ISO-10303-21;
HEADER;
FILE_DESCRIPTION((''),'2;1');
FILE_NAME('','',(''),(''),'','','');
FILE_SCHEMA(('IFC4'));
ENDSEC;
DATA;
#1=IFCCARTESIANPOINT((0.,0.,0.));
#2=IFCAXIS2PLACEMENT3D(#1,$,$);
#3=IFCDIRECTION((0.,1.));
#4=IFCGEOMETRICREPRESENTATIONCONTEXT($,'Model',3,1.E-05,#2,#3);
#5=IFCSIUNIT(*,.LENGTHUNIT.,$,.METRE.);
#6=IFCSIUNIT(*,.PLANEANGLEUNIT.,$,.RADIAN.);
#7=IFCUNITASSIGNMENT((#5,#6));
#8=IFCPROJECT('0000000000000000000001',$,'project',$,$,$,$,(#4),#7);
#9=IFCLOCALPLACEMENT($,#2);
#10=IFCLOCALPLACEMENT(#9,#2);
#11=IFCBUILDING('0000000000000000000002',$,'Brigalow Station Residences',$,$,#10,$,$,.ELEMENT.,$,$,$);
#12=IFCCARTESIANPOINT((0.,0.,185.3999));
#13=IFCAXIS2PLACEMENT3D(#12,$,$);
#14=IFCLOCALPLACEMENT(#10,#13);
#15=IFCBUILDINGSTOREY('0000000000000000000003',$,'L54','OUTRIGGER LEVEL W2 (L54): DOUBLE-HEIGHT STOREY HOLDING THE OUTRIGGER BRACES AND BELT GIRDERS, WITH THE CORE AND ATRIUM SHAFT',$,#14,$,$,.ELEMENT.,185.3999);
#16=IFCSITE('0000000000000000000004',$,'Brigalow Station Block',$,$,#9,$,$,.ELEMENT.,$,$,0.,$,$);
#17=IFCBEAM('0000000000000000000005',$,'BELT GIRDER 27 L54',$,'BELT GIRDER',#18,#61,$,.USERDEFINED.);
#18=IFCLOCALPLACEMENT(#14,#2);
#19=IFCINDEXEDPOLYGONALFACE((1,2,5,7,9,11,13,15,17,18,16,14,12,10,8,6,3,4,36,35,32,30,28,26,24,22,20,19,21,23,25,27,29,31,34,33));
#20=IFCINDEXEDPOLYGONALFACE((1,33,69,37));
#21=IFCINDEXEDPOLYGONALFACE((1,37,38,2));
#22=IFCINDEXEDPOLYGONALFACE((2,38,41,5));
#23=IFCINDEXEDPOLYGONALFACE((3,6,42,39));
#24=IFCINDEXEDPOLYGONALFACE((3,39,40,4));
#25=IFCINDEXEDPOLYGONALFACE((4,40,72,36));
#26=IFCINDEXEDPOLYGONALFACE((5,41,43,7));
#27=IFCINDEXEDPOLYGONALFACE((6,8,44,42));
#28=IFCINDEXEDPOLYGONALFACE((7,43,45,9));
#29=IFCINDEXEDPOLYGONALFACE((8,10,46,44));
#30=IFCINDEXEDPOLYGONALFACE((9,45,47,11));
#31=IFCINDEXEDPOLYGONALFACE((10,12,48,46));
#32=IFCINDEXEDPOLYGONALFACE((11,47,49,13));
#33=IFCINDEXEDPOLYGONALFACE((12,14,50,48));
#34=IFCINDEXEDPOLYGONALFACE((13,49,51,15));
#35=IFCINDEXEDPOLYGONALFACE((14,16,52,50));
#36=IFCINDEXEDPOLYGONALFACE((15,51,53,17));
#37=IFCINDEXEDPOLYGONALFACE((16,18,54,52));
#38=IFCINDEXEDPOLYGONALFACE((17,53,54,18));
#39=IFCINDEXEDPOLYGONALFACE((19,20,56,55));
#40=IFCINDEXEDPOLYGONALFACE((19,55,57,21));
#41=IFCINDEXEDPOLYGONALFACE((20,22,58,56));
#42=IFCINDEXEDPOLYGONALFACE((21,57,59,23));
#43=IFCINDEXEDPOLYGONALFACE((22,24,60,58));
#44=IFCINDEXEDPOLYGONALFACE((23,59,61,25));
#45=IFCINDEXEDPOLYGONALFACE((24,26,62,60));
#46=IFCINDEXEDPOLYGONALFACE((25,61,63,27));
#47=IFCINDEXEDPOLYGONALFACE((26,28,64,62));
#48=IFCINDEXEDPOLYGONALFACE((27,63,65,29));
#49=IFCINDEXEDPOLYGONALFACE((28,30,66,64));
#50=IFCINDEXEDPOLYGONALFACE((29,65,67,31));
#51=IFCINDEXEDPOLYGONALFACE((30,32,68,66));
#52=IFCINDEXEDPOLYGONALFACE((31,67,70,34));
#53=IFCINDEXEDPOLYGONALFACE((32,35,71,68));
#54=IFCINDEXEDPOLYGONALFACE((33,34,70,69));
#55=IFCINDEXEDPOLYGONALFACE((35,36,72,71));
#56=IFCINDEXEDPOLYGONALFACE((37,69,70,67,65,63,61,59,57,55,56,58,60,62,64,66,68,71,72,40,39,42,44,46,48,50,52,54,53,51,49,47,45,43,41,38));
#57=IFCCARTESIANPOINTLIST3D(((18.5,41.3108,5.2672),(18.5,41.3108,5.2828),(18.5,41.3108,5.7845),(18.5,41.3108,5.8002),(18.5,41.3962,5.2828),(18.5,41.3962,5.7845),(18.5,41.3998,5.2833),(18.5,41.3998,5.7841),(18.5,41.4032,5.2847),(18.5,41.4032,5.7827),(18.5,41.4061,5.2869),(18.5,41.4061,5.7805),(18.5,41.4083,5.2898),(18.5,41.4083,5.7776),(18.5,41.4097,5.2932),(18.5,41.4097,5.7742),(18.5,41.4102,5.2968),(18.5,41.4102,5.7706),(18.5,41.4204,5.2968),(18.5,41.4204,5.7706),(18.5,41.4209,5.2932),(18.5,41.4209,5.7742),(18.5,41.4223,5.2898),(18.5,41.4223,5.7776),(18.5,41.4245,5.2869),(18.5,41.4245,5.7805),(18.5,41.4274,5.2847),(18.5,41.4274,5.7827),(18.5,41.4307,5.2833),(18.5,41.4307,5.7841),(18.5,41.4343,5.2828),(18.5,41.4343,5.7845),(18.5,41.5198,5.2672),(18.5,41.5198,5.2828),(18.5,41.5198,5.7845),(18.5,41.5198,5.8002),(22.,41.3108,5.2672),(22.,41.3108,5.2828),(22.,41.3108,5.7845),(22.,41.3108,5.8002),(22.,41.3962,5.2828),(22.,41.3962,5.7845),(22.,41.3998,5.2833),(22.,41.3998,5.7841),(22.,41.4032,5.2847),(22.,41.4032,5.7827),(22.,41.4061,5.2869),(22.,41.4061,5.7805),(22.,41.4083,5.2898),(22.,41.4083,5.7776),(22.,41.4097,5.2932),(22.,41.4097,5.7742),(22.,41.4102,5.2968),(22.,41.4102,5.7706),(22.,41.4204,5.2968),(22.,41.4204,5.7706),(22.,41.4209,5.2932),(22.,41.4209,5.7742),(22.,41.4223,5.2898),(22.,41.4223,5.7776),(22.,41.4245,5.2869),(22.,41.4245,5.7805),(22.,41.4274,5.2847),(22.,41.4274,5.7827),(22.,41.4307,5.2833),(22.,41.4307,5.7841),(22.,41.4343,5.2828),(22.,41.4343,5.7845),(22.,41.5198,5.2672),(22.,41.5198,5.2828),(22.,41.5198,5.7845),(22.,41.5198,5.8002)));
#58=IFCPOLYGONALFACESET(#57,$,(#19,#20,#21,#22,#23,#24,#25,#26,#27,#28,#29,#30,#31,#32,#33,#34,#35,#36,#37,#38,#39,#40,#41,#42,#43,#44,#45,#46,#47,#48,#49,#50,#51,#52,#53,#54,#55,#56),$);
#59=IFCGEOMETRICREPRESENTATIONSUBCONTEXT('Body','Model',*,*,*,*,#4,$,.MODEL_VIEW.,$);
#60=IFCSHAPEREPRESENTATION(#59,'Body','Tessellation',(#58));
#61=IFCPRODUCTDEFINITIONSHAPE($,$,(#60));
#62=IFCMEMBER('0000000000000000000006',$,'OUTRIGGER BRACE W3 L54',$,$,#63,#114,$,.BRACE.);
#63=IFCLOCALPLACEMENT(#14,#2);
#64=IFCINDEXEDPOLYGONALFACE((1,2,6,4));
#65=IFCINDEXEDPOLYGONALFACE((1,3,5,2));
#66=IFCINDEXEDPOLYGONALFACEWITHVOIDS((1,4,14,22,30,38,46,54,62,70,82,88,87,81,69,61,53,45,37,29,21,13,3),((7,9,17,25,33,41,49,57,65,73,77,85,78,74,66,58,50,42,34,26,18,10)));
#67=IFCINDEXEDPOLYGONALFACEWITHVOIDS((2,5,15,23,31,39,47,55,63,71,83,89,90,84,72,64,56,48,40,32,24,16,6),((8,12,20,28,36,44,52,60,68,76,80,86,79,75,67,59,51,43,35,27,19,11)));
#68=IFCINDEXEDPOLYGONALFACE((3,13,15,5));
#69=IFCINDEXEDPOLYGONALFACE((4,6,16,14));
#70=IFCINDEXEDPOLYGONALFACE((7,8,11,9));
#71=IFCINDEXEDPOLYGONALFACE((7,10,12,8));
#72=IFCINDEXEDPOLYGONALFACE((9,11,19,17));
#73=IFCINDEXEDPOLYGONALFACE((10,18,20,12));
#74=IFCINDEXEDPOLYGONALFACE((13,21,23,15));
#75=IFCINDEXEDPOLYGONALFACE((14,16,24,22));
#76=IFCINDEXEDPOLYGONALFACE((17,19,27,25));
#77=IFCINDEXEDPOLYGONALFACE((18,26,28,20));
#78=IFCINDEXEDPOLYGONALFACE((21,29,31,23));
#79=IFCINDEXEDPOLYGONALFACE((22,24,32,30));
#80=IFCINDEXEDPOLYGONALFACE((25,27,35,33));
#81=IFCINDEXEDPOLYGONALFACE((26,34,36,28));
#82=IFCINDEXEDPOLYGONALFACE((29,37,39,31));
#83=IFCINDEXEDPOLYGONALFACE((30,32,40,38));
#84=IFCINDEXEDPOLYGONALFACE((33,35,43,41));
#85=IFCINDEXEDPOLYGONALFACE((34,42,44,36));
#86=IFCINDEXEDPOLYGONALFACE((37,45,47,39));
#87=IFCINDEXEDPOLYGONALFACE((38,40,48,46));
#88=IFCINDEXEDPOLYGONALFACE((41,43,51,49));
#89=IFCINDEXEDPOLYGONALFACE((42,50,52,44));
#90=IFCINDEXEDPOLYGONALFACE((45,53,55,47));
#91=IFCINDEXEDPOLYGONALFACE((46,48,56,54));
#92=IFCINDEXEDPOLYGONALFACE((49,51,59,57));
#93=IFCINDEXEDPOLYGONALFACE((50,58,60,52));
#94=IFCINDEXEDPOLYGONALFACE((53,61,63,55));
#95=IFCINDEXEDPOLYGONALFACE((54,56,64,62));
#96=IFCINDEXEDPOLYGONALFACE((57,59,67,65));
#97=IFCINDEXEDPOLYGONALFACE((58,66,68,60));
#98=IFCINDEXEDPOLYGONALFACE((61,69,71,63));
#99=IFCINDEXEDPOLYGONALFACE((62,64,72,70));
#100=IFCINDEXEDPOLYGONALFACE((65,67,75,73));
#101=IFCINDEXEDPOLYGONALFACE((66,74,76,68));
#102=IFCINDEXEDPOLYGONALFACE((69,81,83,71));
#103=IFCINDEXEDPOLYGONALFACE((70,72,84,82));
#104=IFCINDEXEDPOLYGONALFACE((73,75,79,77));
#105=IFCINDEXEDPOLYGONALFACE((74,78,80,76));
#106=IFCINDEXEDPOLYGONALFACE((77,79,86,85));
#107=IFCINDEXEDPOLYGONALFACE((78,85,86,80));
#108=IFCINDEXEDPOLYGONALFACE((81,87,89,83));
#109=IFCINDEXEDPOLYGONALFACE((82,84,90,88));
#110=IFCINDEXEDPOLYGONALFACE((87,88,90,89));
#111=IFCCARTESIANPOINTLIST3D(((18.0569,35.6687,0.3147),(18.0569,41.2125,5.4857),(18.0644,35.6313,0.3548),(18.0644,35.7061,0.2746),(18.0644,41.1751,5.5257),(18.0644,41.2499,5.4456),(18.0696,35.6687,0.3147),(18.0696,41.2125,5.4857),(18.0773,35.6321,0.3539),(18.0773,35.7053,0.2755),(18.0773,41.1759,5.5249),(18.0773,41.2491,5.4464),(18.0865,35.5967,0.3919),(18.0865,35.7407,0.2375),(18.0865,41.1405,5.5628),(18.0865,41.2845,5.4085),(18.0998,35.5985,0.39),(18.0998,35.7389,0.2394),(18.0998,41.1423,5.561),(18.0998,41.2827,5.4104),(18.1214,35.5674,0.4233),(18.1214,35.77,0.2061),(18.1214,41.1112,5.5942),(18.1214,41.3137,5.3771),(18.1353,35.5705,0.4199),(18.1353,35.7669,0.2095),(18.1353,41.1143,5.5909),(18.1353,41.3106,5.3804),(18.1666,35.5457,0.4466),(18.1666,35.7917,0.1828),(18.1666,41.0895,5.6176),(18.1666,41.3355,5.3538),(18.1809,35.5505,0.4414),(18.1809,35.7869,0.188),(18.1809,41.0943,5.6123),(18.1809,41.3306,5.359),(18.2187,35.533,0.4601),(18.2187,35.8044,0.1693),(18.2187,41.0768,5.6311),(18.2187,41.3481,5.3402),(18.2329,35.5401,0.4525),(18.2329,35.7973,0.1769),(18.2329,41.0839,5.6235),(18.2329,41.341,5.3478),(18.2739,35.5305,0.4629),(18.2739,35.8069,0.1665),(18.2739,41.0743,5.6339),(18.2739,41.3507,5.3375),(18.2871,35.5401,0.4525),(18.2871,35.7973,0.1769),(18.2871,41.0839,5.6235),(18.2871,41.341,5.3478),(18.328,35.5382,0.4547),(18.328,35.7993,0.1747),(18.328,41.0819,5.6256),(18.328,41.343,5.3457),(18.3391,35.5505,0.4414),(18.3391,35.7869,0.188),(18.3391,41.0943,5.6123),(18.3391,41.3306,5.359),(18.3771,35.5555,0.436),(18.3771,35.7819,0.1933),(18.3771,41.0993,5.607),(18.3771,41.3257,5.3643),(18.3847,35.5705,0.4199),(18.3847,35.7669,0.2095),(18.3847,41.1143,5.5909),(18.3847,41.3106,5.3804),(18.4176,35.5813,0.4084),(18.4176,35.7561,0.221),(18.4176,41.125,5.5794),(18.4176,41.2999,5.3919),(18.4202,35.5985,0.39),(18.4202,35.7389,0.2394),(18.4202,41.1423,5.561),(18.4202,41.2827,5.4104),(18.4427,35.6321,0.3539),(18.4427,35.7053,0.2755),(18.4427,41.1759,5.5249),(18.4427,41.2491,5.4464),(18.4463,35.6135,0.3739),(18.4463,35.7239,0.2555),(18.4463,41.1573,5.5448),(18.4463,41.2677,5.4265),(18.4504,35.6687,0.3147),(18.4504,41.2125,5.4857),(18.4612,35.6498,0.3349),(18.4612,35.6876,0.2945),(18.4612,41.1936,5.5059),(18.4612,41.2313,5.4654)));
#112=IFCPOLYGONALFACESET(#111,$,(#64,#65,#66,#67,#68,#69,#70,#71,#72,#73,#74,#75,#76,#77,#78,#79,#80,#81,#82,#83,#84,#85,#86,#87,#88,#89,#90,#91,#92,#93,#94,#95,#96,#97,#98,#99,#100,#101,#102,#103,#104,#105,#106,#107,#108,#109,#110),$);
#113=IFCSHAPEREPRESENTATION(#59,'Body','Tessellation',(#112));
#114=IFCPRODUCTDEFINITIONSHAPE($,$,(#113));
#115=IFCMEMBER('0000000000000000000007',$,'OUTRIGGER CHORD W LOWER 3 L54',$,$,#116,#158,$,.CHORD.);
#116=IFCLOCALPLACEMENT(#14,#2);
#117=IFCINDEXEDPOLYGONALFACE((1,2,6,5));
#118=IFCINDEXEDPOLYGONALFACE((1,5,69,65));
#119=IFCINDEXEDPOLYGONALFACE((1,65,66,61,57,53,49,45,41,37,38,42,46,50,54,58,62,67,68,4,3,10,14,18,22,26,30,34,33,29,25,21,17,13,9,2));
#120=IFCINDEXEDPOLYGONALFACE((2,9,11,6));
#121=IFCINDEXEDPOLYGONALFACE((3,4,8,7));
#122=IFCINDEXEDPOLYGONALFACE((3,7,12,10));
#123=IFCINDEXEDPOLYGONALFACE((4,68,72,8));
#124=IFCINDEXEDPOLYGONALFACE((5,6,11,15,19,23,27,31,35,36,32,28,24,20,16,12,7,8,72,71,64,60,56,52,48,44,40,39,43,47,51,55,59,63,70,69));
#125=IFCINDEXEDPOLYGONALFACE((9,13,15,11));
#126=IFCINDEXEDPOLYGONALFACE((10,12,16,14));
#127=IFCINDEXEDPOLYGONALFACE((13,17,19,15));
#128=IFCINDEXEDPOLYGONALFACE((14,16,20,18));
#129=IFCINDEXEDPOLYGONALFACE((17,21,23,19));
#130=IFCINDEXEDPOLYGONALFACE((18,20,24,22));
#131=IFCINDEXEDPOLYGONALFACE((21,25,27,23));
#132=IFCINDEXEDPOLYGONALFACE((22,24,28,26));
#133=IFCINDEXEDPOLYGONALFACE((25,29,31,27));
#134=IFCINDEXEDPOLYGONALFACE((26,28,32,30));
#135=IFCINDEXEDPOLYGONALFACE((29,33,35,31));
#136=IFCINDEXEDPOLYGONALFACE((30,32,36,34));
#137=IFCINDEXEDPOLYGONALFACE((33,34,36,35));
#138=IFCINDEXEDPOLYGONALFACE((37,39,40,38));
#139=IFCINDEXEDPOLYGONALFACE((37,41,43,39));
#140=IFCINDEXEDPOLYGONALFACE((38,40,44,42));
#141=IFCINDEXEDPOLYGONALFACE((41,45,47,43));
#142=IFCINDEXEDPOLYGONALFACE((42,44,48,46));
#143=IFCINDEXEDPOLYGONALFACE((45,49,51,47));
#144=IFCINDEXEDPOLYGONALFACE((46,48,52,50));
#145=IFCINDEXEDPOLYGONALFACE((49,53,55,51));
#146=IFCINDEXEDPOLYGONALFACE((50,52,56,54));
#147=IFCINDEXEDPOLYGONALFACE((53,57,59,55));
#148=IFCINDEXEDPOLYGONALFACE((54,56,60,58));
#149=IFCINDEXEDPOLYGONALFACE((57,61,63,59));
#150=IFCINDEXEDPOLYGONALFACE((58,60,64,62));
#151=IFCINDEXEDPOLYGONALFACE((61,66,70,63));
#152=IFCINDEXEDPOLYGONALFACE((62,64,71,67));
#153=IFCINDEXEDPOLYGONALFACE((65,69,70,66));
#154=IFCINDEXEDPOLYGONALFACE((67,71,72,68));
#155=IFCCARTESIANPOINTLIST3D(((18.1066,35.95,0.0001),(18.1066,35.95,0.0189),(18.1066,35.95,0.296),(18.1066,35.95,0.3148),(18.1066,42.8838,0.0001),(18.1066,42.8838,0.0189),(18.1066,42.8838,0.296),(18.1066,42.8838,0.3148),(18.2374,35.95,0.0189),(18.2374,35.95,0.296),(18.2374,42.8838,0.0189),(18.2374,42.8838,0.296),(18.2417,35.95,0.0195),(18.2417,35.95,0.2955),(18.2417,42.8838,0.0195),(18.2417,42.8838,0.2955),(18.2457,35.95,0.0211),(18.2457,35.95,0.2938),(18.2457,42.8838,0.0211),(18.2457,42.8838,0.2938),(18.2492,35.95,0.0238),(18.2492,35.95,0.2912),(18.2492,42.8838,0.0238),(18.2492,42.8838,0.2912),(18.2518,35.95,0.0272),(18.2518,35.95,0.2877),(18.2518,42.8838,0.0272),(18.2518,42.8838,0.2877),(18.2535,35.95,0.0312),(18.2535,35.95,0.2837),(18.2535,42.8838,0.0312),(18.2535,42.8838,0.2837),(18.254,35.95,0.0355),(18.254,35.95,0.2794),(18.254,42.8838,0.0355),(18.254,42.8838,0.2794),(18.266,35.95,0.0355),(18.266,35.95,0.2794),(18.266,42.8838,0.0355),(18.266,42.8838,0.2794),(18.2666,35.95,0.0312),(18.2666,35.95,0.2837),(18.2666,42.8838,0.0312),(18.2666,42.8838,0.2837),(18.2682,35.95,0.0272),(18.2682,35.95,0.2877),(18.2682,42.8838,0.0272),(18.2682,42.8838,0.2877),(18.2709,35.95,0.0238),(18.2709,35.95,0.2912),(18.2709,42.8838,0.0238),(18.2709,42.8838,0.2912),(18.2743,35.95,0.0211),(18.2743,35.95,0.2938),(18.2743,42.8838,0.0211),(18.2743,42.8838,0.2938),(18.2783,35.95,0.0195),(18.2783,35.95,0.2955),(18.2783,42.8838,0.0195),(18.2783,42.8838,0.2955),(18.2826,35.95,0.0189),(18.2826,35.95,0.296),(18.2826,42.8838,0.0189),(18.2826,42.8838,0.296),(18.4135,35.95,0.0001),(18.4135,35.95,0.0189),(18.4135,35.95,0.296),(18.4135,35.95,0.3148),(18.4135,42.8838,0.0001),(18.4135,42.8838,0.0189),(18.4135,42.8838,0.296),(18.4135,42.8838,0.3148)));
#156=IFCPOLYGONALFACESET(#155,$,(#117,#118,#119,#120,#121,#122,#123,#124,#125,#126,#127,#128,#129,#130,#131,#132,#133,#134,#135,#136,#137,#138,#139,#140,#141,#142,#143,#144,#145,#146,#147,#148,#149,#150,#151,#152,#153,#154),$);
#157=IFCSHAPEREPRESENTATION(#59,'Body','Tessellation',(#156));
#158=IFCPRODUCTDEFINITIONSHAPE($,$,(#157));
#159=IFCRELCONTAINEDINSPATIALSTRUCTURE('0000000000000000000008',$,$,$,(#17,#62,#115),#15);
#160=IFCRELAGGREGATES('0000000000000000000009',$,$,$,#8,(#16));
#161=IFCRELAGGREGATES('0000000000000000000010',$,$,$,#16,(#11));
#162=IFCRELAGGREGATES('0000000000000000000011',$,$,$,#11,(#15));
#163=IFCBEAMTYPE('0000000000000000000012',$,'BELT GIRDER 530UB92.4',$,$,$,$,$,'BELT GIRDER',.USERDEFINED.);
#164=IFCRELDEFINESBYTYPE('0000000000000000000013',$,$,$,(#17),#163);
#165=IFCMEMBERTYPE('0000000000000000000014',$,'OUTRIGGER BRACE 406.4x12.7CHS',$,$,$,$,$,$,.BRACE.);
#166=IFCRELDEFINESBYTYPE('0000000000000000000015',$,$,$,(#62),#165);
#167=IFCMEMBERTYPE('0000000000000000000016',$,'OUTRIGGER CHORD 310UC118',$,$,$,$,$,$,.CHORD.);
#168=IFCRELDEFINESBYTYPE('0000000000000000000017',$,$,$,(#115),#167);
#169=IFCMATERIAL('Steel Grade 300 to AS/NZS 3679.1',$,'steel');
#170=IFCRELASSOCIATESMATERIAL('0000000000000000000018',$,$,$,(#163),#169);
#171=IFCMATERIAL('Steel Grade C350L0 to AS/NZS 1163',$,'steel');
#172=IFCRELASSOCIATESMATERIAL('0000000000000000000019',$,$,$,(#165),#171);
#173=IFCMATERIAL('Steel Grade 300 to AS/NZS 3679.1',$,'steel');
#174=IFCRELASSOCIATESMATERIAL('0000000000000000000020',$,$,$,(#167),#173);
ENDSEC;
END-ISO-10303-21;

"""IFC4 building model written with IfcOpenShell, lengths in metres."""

from ifc_helpers import new_model, si_unit, direction, frame, origin, origin_2d, place, context, subcontext, project, spatial, hollow_circle, i_section, extrude, material, material_profile, profile_set, type_object, element, save


model = new_model("IFC4")

# Units and contexts
model_context = context("Model", 3, precision=1e-05, world=origin(), true_north=direction((0.0, 1.0)))
body_context = subcontext(model_context, "Body", "Model", "MODEL_VIEW")
ifc_project = project(units=[si_unit("LENGTHUNIT", "METRE"), si_unit("PLANEANGLEUNIT", "RADIAN")], contexts=[model_context])

# Site, building, storey
site_placement = place(None, origin())
site = spatial("IfcSite", under=ifc_project, at=site_placement, Name="Brigalow Station Block", CompositionType="ELEMENT", RefElevation=0.0)
building_placement = place(site_placement, origin())
building = spatial("IfcBuilding", under=site, at=building_placement, Name="Brigalow Station Residences", CompositionType="ELEMENT")
storey_placement = place(building_placement, frame((0.0, 0.0, 185.3999)))
storey = spatial("IfcBuildingStorey", under=building, at=storey_placement, Name="L54", Description="OUTRIGGER LEVEL W2 (L54): DOUBLE-HEIGHT STOREY HOLDING THE OUTRIGGER BRACES AND BELT GIRDERS, WITH THE CORE AND ATRIUM SHAFT", CompositionType="ELEMENT", Elevation=185.3999)

# Beam
ifc_material_1 = material(Name="Steel Grade 300 to AS/NZS 3679.1", Category="steel")
ifc_material_profile_1 = material_profile(ifc_material_1, i_section(OverallWidth=0.209, OverallDepth=0.533, WebThickness=0.0103, FlangeThickness=0.0156, FilletRadius=0.0139, at=origin_2d()), Name="530UB92.4")
ifc_profile_set_1 = profile_set([ifc_material_profile_1], Name="Steel Grade 300 to AS/NZS 3679.1")
beam_type_1 = type_object("IfcBeamType", Name="BELT GIRDER 530UB92.4", ElementType="BELT GIRDER", PredefinedType="USERDEFINED", material=ifc_profile_set_1)
for number, where, z_axis, x_axis, name in (
    (1, (22.0, 41.4153, 5.5337), (-1.0, 0.0, 0.0), (0.0, -1.0, 0.0), "BELT GIRDER 27 L54"),
):
    element("IfcBeam", number, at=place(storey_placement, frame(where, z_axis=z_axis, x_axis=x_axis)), inside=storey, type_object=beam_type_1, Name=name, ObjectType="BELT GIRDER", PredefinedType="USERDEFINED", context=body_context, shape_type="SweptSolid", body=[
        extrude(i_section(OverallWidth=0.209, OverallDepth=0.533, WebThickness=0.0103, FlangeThickness=0.0156, FilletRadius=0.0139, at=origin_2d()), origin(), (0.0, 0.0, 1.0), 3.5),
    ])

# Members
ifc_material_2 = material(Name="Steel Grade C350L0 to AS/NZS 1163", Category="steel")
ifc_material_profile_2 = material_profile(ifc_material_2, hollow_circle(Radius=0.2031, WallThickness=0.0127, at=origin_2d()), Name="406.4x12.7CHS")
ifc_profile_set_2 = profile_set([ifc_material_profile_2], Name="Steel Grade C350L0 to AS/NZS 1163")
member_type_1 = type_object("IfcMemberType", Name="OUTRIGGER BRACE 406.4x12.7CHS", PredefinedType="BRACE", material=ifc_profile_set_2)
member_1_placement = place(storey_placement, frame((18.26, 35.6687, 0.3147), z_axis=(0.0, 0.731267, 0.682091), x_axis=(-1.0, 0.0, 0.0)))
element("IfcMember", 2, at=member_1_placement, inside=storey, type_object=member_type_1, Name="OUTRIGGER BRACE W3 L54", PredefinedType="BRACE", context=body_context, shape_type="SweptSolid", body=[
    extrude(hollow_circle(Radius=0.2031, WallThickness=0.0127, at=origin_2d()), origin(), (0.0, 0.0, 1.0), 7.5811),
])
ifc_material_3 = material(Name="Steel Grade 300 to AS/NZS 3679.1", Category="steel")
ifc_material_profile_3 = material_profile(ifc_material_3, i_section(OverallWidth=0.3069, OverallDepth=0.3147, WebThickness=0.012, FlangeThickness=0.0188, FilletRadius=0.0166, at=origin_2d()), Name="310UC118")
ifc_profile_set_3 = profile_set([ifc_material_profile_3], Name="Steel Grade 300 to AS/NZS 3679.1")
member_type_2 = type_object("IfcMemberType", Name="OUTRIGGER CHORD 310UC118", PredefinedType="CHORD", material=ifc_profile_set_3)
member_2_placement = place(storey_placement, frame((18.26, 35.95, 0.1575), z_axis=(0.0, 1.0, 0.0), x_axis=(-1.0, 0.0, 0.0)))
element("IfcMember", 3, at=member_2_placement, inside=storey, type_object=member_type_2, Name="OUTRIGGER CHORD W LOWER 3 L54", PredefinedType="CHORD", context=body_context, shape_type="SweptSolid", body=[
    extrude(i_section(OverallWidth=0.3069, OverallDepth=0.3147, WebThickness=0.012, FlangeThickness=0.0188, FilletRadius=0.0166, at=origin_2d()), origin(), (0.0, 0.0, 1.0), 6.9338),
])

save(model, "model.ifc")
